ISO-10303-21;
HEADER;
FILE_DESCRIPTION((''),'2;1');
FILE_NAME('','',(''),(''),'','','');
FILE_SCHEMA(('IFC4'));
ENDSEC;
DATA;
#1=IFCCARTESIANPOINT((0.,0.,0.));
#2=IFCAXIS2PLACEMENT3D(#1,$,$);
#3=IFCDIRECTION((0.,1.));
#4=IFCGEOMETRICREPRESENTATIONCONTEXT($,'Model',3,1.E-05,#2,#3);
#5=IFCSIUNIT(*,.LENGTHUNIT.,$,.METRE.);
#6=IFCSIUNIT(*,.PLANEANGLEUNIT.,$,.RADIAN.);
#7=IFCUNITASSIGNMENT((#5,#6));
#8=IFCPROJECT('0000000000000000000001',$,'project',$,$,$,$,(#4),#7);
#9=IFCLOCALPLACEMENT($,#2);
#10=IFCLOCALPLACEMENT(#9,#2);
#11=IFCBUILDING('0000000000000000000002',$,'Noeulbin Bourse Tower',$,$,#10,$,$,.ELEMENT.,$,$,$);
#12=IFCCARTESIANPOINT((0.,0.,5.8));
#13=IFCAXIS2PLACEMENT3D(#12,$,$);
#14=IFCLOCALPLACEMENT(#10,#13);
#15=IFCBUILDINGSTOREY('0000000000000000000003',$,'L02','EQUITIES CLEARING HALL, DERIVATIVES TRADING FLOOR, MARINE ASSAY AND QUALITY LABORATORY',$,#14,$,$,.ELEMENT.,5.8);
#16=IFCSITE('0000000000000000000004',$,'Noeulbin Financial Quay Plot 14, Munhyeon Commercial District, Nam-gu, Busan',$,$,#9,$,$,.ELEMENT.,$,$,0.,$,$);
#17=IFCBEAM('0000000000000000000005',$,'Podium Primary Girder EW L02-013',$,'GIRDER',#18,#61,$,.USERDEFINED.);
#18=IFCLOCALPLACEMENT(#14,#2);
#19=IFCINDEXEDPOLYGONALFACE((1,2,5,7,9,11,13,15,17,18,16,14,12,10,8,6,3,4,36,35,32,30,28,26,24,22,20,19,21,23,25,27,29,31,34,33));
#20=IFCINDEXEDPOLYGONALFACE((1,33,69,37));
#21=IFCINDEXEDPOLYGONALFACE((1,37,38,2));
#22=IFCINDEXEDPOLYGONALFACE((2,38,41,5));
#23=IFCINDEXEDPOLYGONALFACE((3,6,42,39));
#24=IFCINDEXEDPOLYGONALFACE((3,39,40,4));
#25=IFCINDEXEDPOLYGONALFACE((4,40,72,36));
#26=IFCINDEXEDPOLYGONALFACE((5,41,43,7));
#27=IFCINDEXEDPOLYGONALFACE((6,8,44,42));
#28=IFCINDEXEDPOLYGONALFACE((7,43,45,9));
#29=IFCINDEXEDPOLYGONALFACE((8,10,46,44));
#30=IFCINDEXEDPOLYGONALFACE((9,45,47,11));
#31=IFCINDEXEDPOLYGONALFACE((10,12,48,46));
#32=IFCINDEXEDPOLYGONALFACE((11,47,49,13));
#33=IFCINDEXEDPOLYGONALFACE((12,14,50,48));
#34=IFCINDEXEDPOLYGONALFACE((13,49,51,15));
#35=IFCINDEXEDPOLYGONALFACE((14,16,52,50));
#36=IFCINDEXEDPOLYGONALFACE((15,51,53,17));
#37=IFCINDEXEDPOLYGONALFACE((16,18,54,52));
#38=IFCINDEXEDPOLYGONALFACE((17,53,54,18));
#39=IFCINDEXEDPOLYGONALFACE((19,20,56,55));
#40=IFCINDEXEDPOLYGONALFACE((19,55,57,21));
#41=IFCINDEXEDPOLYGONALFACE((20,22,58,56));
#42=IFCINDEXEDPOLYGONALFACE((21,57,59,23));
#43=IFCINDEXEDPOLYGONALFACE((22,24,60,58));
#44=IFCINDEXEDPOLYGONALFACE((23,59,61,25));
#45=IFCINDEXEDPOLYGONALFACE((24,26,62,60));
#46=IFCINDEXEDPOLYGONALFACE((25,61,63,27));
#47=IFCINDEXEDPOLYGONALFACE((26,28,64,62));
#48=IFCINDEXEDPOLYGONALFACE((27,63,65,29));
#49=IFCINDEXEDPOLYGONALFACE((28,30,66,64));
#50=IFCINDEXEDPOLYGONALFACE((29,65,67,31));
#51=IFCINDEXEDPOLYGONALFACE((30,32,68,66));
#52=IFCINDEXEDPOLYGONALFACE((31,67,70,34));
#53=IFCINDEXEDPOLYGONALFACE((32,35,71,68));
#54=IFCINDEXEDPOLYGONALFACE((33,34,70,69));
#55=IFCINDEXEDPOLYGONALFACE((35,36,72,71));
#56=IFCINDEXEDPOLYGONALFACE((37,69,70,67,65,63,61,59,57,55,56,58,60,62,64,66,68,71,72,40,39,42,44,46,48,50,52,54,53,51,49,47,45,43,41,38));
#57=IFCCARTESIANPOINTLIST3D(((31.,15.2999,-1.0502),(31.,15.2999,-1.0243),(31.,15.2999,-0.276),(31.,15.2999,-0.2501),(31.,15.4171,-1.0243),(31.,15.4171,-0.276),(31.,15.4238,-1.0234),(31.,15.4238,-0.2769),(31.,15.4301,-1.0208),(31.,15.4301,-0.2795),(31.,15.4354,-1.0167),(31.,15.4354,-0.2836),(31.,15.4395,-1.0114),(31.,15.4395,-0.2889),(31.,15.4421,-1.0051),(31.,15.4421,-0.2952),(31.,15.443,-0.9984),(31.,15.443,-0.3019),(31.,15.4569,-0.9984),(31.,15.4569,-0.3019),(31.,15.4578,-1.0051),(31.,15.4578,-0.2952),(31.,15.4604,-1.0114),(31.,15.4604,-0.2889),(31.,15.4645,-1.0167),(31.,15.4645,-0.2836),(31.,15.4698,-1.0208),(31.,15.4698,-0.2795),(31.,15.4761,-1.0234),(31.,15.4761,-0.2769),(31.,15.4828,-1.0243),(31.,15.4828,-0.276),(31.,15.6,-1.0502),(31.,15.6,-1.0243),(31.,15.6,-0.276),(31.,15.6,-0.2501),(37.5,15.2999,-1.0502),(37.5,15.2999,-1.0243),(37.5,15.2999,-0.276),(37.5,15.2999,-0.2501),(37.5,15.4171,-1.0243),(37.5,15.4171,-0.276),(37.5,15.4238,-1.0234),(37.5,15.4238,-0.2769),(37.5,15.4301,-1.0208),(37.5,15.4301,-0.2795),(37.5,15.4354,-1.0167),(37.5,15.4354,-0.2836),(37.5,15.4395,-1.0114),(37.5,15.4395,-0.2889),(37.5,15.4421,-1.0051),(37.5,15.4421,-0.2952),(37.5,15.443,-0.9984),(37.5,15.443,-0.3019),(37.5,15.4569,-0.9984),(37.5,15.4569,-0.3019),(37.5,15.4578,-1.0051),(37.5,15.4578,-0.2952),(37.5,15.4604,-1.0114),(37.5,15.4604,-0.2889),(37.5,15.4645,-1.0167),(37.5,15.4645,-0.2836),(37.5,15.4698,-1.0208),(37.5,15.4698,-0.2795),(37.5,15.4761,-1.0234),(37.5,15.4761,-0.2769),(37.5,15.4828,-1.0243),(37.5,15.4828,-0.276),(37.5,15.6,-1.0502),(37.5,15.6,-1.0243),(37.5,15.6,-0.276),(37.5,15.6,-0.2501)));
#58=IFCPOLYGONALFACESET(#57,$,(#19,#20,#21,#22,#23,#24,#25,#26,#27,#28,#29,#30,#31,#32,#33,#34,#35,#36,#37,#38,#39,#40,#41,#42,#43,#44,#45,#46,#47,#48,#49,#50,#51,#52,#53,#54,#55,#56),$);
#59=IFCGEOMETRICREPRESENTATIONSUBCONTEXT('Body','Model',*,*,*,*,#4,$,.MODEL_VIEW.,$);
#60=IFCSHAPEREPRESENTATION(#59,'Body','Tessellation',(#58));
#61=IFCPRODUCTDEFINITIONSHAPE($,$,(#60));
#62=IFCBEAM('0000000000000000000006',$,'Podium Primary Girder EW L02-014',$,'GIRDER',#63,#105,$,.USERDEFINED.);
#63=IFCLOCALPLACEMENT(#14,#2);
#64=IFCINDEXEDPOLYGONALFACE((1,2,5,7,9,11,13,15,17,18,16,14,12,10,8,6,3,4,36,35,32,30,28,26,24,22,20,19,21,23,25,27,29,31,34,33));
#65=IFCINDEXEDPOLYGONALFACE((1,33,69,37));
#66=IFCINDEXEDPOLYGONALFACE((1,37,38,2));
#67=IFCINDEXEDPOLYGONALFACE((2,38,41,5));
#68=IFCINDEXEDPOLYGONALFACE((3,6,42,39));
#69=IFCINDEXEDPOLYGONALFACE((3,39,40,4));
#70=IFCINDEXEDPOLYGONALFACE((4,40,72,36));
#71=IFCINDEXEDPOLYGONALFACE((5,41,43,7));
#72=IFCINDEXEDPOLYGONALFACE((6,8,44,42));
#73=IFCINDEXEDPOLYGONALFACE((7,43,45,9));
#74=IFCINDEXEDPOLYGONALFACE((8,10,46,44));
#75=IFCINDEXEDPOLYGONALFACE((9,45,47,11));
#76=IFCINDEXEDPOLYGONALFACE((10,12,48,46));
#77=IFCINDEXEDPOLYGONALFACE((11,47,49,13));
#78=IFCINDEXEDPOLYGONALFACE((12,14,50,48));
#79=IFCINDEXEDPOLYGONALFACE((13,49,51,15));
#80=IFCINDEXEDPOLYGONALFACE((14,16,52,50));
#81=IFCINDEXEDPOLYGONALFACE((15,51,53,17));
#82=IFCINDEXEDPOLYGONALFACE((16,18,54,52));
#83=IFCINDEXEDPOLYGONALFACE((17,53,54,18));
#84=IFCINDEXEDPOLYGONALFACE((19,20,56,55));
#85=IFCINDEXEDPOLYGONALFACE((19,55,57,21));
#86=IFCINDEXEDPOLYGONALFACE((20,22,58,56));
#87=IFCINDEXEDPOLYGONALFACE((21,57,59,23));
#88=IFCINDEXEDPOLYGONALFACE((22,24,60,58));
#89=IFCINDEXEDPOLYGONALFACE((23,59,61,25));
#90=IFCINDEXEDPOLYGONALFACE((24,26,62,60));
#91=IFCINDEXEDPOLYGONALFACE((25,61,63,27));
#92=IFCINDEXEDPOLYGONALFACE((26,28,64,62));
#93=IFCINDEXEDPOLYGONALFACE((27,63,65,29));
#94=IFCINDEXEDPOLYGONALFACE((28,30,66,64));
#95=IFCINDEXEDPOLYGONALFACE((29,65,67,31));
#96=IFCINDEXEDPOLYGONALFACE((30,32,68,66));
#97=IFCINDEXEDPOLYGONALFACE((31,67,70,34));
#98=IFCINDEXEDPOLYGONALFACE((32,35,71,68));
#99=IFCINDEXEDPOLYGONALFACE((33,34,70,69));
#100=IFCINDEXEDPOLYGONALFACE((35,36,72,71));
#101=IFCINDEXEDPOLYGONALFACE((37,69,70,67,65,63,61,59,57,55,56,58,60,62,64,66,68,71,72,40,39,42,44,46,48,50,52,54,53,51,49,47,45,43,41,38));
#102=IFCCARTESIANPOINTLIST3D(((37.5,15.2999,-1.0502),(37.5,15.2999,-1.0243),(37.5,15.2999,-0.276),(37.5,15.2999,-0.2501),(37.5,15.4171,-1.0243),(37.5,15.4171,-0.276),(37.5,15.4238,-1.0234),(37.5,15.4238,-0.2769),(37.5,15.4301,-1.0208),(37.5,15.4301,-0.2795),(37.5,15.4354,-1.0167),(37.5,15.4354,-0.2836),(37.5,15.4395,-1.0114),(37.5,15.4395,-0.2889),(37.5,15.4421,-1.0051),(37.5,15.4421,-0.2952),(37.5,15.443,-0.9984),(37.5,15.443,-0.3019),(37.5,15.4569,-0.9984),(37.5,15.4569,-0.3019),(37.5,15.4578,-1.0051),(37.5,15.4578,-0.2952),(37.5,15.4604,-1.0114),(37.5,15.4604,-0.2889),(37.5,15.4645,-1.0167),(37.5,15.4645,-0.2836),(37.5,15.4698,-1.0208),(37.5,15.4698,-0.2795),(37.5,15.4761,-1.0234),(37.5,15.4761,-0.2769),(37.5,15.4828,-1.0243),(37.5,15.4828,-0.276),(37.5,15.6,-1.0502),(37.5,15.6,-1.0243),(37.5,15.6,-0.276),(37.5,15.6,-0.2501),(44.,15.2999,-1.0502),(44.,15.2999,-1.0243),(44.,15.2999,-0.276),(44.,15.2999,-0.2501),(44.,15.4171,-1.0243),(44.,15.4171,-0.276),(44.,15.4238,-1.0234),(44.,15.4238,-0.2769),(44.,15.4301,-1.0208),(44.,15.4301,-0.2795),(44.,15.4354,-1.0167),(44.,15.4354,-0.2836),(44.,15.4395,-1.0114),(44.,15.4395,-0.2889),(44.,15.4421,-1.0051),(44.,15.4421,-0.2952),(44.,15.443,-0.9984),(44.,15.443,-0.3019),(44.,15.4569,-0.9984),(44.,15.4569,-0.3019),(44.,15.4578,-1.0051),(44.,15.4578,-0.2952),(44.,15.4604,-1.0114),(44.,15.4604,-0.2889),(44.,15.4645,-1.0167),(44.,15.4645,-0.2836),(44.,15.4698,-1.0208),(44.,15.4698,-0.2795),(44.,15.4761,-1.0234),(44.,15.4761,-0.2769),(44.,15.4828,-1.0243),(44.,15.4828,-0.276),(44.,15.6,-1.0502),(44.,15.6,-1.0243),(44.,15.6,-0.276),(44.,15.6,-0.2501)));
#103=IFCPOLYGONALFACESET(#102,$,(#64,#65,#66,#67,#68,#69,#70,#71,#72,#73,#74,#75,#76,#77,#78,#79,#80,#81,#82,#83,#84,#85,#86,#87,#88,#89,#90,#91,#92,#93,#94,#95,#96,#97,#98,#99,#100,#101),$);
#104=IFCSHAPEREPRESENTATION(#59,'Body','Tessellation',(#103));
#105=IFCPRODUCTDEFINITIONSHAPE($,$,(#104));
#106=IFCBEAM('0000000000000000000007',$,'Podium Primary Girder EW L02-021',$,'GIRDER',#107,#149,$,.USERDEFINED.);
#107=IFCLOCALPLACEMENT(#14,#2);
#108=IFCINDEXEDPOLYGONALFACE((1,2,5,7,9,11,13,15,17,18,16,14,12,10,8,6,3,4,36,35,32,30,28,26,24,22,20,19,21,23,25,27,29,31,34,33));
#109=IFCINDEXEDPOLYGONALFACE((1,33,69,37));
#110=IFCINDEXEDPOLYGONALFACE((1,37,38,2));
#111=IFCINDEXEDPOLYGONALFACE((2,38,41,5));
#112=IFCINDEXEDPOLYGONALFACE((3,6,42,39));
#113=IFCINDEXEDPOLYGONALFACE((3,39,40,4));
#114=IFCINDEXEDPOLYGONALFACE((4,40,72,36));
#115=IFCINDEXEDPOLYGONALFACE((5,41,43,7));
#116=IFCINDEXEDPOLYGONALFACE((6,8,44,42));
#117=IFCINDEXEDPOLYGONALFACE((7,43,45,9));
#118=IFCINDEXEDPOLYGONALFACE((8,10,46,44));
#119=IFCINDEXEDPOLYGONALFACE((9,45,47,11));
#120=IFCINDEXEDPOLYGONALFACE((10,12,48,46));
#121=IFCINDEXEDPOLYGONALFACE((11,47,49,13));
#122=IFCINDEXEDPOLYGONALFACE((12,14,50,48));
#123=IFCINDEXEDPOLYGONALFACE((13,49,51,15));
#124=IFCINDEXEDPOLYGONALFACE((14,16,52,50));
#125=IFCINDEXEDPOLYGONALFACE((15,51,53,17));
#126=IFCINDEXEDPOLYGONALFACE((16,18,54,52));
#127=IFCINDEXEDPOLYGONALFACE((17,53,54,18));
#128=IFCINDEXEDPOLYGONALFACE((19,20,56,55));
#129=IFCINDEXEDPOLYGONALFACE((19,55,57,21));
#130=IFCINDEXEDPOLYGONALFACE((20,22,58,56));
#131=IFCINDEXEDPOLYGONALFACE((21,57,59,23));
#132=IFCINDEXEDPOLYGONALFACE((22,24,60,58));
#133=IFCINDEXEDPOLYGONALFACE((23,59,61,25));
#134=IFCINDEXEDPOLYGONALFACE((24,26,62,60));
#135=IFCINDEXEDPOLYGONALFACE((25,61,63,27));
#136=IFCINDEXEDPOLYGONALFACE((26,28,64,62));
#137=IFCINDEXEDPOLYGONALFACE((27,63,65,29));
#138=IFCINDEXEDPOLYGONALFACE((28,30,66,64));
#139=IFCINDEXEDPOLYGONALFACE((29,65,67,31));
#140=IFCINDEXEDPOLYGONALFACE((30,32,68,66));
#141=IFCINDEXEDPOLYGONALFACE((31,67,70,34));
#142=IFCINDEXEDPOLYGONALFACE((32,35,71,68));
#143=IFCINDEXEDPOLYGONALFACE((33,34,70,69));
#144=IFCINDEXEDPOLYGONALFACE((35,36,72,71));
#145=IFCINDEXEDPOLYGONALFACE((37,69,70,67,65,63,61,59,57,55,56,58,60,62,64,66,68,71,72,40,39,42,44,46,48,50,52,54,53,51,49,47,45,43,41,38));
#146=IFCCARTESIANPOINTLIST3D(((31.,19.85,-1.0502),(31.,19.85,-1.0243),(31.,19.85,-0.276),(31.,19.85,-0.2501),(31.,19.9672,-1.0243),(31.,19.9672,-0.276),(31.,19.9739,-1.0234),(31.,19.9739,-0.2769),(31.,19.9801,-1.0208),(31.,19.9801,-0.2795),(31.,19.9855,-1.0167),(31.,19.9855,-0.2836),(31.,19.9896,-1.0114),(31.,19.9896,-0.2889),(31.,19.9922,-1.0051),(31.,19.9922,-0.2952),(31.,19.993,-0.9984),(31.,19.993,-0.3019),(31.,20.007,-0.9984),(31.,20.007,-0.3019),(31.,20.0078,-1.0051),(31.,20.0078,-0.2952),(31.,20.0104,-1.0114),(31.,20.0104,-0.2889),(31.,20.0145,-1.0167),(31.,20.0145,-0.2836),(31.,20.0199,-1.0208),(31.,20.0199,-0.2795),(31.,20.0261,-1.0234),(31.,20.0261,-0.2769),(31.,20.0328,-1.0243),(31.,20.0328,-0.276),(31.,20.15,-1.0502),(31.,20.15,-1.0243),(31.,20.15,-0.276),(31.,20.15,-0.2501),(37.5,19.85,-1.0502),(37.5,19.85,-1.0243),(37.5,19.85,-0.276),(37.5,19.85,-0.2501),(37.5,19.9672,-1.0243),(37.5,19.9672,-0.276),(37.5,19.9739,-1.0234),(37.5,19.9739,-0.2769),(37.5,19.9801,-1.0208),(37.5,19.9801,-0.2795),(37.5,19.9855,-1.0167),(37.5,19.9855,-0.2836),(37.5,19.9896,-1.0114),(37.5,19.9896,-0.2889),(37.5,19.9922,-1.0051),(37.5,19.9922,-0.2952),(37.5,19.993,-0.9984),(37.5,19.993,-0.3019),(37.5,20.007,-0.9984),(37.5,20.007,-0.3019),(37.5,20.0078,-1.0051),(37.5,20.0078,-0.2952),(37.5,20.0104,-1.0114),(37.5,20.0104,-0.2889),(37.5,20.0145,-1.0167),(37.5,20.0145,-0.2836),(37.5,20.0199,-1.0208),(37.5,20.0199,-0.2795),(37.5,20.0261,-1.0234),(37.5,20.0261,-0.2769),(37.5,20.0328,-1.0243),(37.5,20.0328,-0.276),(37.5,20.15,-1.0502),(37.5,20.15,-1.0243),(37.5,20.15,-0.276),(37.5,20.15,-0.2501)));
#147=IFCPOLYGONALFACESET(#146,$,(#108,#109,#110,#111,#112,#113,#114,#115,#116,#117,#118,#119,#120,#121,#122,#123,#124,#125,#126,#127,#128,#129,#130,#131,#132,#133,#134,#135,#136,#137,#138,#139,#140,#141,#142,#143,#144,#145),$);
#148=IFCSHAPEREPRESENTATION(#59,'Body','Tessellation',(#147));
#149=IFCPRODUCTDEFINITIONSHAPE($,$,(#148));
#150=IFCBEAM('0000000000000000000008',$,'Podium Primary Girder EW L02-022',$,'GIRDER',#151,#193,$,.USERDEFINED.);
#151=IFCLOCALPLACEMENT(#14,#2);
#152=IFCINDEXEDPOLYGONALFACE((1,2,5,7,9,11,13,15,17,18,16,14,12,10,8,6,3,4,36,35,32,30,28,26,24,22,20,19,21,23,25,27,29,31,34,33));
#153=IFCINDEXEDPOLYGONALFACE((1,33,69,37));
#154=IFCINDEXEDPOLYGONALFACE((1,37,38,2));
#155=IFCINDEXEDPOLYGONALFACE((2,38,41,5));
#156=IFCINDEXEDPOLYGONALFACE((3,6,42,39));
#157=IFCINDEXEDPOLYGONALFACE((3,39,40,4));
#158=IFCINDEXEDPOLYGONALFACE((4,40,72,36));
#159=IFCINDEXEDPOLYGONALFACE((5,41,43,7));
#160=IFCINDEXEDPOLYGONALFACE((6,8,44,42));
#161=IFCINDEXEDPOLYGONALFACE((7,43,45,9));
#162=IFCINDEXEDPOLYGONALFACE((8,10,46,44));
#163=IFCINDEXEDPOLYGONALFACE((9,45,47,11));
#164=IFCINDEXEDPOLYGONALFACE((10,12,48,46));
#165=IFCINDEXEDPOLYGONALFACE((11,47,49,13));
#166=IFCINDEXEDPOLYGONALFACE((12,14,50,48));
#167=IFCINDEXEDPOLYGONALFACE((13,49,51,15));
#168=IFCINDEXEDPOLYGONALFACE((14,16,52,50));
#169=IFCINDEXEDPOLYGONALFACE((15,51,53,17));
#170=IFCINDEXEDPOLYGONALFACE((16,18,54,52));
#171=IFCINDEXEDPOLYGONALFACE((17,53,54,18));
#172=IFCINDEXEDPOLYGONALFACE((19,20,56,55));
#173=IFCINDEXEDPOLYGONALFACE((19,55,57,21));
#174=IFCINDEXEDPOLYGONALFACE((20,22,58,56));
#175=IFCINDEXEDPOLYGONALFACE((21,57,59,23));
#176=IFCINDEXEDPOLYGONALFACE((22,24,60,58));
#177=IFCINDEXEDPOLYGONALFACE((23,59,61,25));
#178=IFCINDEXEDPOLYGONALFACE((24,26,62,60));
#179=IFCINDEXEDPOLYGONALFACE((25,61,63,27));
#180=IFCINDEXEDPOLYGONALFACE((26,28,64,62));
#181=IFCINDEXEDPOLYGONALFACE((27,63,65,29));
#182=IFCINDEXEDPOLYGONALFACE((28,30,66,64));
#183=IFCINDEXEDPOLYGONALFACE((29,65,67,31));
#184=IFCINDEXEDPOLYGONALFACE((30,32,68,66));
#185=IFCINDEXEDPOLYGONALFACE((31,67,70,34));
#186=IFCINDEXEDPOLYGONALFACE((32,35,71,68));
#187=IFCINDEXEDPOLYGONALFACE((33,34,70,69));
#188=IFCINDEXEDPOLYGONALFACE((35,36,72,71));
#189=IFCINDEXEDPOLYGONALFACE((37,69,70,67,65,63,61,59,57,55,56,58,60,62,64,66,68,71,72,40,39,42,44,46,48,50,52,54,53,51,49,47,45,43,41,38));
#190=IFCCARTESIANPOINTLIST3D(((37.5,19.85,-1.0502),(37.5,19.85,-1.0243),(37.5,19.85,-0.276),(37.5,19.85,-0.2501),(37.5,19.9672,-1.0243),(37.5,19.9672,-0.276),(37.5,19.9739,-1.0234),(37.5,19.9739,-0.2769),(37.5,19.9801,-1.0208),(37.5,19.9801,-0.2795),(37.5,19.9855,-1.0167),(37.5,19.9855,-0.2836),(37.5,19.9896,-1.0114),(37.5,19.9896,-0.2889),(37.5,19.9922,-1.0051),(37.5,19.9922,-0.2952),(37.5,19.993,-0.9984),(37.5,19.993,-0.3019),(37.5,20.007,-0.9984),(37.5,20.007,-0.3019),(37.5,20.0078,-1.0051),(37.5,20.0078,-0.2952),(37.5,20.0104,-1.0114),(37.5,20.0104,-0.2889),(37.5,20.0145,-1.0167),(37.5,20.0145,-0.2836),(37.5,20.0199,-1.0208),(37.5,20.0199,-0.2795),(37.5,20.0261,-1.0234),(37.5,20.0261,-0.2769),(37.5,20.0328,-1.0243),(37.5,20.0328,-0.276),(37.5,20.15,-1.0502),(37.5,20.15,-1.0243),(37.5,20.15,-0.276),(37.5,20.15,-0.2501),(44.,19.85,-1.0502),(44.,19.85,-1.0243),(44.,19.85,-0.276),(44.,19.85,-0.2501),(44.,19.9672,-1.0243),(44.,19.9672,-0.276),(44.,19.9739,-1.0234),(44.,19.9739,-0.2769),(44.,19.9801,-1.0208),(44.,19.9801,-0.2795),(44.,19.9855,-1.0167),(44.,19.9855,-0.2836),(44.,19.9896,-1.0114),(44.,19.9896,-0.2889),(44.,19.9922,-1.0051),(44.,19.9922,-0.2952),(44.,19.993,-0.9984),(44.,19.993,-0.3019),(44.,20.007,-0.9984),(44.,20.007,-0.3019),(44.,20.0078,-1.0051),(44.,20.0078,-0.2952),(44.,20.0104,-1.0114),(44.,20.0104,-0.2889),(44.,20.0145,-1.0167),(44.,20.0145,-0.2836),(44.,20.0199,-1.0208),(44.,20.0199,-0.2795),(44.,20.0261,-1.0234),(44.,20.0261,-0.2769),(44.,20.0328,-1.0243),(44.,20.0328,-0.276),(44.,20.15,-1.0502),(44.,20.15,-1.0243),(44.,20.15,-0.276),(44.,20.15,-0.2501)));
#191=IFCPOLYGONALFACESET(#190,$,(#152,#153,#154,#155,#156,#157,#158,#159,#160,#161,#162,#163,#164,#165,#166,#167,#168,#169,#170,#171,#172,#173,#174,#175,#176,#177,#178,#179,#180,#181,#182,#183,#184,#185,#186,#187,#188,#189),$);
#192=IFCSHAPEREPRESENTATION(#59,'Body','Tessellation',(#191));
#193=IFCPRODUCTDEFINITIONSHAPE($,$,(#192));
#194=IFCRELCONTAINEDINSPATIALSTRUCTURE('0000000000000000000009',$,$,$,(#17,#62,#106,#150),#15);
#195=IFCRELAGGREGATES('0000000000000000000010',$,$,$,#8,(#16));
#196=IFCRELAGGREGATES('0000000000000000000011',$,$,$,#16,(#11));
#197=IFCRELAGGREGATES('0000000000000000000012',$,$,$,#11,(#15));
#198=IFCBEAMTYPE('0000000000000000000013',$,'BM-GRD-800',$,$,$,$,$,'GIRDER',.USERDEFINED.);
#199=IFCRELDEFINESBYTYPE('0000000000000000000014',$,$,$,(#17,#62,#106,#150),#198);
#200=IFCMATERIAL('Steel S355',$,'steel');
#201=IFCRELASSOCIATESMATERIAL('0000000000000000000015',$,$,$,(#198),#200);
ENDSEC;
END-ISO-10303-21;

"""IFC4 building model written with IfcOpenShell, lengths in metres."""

from ifc_helpers import new_model, si_unit, direction, frame, origin, origin_2d, place, context, subcontext, project, spatial, i_section, extrude, material, material_profile, profile_set, type_object, element, save


model = new_model("IFC4")

# Units and contexts
model_context = context("Model", 3, precision=1e-05, world=origin(), true_north=direction((0.0, 1.0)))
body_context = subcontext(model_context, "Body", "Model", "MODEL_VIEW")
ifc_project = project(units=[si_unit("LENGTHUNIT", "METRE"), si_unit("PLANEANGLEUNIT", "RADIAN")], contexts=[model_context])

# Site, building, storey
site_placement = place(None, origin())
site = spatial("IfcSite", under=ifc_project, at=site_placement, Name="Noeulbin Financial Quay Plot 14, Munhyeon Commercial District, Nam-gu, Busan", CompositionType="ELEMENT", RefElevation=0.0)
building_placement = place(site_placement, origin())
building = spatial("IfcBuilding", under=site, at=building_placement, Name="Noeulbin Bourse Tower", CompositionType="ELEMENT")
storey_placement = place(building_placement, frame((0.0, 0.0, 5.8)))
storey = spatial("IfcBuildingStorey", under=building, at=storey_placement, Name="L02", Description="EQUITIES CLEARING HALL, DERIVATIVES TRADING FLOOR, MARINE ASSAY AND QUALITY LABORATORY", CompositionType="ELEMENT", Elevation=5.8)

# Beams
ifc_material_1 = material(Name="Steel S355", Category="steel")
ifc_material_profile_1 = material_profile(ifc_material_1, i_section(OverallWidth=0.3, OverallDepth=0.8, WebThickness=0.0139, FlangeThickness=0.0259, FilletRadius=0.0259, at=origin_2d()), Name="H-800x300x14x26", Category="LoadBearing")
ifc_profile_set_1 = profile_set([ifc_material_profile_1], Name="Steel S355")
beam_type_1 = type_object("IfcBeamType", Name="BM-GRD-800", ElementType="GIRDER", PredefinedType="USERDEFINED", material=ifc_profile_set_1)
for number, where, z_axis, x_axis, name in (
    (1, (31.0, 15.45, -0.6501), (1.0, 0.0, 0.0), (0.0, 1.0, 0.0), "Podium Primary Girder EW L02-013"),
    (2, (37.5, 15.45, -0.6501), (1.0, 0.0, 0.0), (0.0, 1.0, 0.0), "Podium Primary Girder EW L02-014"),
    (3, (31.0, 20.0, -0.6501), (1.0, 0.0, 0.0), (0.0, 1.0, 0.0), "Podium Primary Girder EW L02-021"),
    (4, (37.5, 20.0, -0.6501), (1.0, 0.0, 0.0), (0.0, 1.0, 0.0), "Podium Primary Girder EW L02-022"),
):
    element("IfcBeam", number, at=place(storey_placement, frame(where, z_axis=z_axis, x_axis=x_axis)), inside=storey, type_object=beam_type_1, Name=name, ObjectType="GIRDER", PredefinedType="USERDEFINED", context=body_context, shape_type="SweptSolid", body=[
        extrude(i_section(OverallWidth=0.3, OverallDepth=0.8, WebThickness=0.0139, FlangeThickness=0.0259, FilletRadius=0.0259, at=origin_2d()), origin(), (0.0, 0.0, 1.0), 6.5),
    ])

save(model, "model.ifc")
